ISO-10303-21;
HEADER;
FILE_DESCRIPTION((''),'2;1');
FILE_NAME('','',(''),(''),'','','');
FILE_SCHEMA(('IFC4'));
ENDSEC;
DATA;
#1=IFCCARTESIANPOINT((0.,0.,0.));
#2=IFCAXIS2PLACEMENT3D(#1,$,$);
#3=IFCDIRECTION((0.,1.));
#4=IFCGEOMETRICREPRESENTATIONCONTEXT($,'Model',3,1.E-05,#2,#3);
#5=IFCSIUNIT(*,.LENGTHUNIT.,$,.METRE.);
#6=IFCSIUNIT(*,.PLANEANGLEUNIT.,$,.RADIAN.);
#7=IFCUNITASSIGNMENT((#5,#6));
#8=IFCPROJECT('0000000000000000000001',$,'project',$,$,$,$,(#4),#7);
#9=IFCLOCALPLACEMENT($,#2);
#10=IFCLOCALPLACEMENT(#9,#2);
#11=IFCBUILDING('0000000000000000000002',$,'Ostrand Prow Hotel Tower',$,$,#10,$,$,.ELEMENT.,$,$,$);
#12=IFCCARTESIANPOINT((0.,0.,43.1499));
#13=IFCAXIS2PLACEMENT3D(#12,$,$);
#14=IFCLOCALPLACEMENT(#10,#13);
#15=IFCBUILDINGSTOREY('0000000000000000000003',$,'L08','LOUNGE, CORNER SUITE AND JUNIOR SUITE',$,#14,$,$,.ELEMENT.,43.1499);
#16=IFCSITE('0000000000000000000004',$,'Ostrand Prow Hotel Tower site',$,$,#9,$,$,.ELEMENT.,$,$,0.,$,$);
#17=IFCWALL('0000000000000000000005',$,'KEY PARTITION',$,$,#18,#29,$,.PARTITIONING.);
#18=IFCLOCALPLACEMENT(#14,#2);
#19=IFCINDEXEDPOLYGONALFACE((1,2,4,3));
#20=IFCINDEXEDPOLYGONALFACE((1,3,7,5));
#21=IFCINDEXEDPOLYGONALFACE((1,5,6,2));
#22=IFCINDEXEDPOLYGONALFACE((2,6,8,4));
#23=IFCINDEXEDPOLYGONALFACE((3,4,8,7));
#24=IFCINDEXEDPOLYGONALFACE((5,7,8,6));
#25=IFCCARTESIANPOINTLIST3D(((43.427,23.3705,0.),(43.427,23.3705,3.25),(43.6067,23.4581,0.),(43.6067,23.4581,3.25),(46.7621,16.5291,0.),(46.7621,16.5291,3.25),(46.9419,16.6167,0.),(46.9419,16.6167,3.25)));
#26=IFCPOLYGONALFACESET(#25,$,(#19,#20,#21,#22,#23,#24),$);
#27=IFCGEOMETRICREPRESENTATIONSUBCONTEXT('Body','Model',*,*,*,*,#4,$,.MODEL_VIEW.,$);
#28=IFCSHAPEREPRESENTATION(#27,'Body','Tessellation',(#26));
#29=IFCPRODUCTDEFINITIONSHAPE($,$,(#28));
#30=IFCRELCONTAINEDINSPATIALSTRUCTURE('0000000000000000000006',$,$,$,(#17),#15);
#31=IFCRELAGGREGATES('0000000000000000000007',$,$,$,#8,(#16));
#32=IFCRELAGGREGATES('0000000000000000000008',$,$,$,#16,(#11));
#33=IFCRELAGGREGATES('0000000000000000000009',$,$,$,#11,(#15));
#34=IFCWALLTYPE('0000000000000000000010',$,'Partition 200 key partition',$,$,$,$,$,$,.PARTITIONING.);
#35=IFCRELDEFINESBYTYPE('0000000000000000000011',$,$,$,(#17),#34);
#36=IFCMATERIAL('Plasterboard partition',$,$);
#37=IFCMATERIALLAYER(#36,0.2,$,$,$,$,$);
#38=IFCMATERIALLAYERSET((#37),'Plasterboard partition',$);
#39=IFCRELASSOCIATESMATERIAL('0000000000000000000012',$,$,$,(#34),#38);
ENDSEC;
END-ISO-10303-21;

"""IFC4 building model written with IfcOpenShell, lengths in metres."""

from ifc_helpers import new_model, si_unit, direction, frame, frame_2d, origin, place, context, subcontext, project, spatial, rectangle, extrude, material, layer, layer_set, type_object, element, save


model = new_model("IFC4")

# Units and contexts
model_context = context("Model", 3, precision=1e-05, world=origin(), true_north=direction((0.0, 1.0)))
body_context = subcontext(model_context, "Body", "Model", "MODEL_VIEW")
ifc_project = project(units=[si_unit("LENGTHUNIT", "METRE"), si_unit("PLANEANGLEUNIT", "RADIAN")], contexts=[model_context])

# Site, building, storey
site_placement = place(None, origin())
site = spatial("IfcSite", under=ifc_project, at=site_placement, Name="Ostrand Prow Hotel Tower site", CompositionType="ELEMENT", RefElevation=0.0)
building_placement = place(site_placement, origin())
building = spatial("IfcBuilding", under=site, at=building_placement, Name="Ostrand Prow Hotel Tower", CompositionType="ELEMENT")
storey_placement = place(building_placement, frame((0.0, 0.0, 43.1499)))
storey = spatial("IfcBuildingStorey", under=building, at=storey_placement, Name="L08", Description="LOUNGE, CORNER SUITE AND JUNIOR SUITE", CompositionType="ELEMENT", Elevation=43.1499)

# Wall
ifc_material_1 = material(Name="Plasterboard partition")
ifc_layer_1 = layer(ifc_material_1, 0.2)
ifc_layer_set_1 = layer_set([ifc_layer_1], Name="Plasterboard partition")
wall_type_1 = type_object("IfcWallType", Name="Partition 200 key partition", PredefinedType="PARTITIONING", material=ifc_layer_set_1)
wall_1_placement = place(storey_placement, frame((46.8521, 16.5728, 0.0), z_axis=(0.0, 0.0, 1.0), x_axis=(-0.438197, 0.898879, 0.0)))
element("IfcWall", 1, at=wall_1_placement, inside=storey, type_object=wall_type_1, Name="KEY PARTITION", PredefinedType="PARTITIONING", context=body_context, shape_type="SweptSolid", body=[
    extrude(rectangle(XDim=7.6111, YDim=0.2, at=frame_2d((3.8057, 0.0))), origin(), (0.0, 0.0, 1.0), 3.25),
])

save(model, "model.ifc")
